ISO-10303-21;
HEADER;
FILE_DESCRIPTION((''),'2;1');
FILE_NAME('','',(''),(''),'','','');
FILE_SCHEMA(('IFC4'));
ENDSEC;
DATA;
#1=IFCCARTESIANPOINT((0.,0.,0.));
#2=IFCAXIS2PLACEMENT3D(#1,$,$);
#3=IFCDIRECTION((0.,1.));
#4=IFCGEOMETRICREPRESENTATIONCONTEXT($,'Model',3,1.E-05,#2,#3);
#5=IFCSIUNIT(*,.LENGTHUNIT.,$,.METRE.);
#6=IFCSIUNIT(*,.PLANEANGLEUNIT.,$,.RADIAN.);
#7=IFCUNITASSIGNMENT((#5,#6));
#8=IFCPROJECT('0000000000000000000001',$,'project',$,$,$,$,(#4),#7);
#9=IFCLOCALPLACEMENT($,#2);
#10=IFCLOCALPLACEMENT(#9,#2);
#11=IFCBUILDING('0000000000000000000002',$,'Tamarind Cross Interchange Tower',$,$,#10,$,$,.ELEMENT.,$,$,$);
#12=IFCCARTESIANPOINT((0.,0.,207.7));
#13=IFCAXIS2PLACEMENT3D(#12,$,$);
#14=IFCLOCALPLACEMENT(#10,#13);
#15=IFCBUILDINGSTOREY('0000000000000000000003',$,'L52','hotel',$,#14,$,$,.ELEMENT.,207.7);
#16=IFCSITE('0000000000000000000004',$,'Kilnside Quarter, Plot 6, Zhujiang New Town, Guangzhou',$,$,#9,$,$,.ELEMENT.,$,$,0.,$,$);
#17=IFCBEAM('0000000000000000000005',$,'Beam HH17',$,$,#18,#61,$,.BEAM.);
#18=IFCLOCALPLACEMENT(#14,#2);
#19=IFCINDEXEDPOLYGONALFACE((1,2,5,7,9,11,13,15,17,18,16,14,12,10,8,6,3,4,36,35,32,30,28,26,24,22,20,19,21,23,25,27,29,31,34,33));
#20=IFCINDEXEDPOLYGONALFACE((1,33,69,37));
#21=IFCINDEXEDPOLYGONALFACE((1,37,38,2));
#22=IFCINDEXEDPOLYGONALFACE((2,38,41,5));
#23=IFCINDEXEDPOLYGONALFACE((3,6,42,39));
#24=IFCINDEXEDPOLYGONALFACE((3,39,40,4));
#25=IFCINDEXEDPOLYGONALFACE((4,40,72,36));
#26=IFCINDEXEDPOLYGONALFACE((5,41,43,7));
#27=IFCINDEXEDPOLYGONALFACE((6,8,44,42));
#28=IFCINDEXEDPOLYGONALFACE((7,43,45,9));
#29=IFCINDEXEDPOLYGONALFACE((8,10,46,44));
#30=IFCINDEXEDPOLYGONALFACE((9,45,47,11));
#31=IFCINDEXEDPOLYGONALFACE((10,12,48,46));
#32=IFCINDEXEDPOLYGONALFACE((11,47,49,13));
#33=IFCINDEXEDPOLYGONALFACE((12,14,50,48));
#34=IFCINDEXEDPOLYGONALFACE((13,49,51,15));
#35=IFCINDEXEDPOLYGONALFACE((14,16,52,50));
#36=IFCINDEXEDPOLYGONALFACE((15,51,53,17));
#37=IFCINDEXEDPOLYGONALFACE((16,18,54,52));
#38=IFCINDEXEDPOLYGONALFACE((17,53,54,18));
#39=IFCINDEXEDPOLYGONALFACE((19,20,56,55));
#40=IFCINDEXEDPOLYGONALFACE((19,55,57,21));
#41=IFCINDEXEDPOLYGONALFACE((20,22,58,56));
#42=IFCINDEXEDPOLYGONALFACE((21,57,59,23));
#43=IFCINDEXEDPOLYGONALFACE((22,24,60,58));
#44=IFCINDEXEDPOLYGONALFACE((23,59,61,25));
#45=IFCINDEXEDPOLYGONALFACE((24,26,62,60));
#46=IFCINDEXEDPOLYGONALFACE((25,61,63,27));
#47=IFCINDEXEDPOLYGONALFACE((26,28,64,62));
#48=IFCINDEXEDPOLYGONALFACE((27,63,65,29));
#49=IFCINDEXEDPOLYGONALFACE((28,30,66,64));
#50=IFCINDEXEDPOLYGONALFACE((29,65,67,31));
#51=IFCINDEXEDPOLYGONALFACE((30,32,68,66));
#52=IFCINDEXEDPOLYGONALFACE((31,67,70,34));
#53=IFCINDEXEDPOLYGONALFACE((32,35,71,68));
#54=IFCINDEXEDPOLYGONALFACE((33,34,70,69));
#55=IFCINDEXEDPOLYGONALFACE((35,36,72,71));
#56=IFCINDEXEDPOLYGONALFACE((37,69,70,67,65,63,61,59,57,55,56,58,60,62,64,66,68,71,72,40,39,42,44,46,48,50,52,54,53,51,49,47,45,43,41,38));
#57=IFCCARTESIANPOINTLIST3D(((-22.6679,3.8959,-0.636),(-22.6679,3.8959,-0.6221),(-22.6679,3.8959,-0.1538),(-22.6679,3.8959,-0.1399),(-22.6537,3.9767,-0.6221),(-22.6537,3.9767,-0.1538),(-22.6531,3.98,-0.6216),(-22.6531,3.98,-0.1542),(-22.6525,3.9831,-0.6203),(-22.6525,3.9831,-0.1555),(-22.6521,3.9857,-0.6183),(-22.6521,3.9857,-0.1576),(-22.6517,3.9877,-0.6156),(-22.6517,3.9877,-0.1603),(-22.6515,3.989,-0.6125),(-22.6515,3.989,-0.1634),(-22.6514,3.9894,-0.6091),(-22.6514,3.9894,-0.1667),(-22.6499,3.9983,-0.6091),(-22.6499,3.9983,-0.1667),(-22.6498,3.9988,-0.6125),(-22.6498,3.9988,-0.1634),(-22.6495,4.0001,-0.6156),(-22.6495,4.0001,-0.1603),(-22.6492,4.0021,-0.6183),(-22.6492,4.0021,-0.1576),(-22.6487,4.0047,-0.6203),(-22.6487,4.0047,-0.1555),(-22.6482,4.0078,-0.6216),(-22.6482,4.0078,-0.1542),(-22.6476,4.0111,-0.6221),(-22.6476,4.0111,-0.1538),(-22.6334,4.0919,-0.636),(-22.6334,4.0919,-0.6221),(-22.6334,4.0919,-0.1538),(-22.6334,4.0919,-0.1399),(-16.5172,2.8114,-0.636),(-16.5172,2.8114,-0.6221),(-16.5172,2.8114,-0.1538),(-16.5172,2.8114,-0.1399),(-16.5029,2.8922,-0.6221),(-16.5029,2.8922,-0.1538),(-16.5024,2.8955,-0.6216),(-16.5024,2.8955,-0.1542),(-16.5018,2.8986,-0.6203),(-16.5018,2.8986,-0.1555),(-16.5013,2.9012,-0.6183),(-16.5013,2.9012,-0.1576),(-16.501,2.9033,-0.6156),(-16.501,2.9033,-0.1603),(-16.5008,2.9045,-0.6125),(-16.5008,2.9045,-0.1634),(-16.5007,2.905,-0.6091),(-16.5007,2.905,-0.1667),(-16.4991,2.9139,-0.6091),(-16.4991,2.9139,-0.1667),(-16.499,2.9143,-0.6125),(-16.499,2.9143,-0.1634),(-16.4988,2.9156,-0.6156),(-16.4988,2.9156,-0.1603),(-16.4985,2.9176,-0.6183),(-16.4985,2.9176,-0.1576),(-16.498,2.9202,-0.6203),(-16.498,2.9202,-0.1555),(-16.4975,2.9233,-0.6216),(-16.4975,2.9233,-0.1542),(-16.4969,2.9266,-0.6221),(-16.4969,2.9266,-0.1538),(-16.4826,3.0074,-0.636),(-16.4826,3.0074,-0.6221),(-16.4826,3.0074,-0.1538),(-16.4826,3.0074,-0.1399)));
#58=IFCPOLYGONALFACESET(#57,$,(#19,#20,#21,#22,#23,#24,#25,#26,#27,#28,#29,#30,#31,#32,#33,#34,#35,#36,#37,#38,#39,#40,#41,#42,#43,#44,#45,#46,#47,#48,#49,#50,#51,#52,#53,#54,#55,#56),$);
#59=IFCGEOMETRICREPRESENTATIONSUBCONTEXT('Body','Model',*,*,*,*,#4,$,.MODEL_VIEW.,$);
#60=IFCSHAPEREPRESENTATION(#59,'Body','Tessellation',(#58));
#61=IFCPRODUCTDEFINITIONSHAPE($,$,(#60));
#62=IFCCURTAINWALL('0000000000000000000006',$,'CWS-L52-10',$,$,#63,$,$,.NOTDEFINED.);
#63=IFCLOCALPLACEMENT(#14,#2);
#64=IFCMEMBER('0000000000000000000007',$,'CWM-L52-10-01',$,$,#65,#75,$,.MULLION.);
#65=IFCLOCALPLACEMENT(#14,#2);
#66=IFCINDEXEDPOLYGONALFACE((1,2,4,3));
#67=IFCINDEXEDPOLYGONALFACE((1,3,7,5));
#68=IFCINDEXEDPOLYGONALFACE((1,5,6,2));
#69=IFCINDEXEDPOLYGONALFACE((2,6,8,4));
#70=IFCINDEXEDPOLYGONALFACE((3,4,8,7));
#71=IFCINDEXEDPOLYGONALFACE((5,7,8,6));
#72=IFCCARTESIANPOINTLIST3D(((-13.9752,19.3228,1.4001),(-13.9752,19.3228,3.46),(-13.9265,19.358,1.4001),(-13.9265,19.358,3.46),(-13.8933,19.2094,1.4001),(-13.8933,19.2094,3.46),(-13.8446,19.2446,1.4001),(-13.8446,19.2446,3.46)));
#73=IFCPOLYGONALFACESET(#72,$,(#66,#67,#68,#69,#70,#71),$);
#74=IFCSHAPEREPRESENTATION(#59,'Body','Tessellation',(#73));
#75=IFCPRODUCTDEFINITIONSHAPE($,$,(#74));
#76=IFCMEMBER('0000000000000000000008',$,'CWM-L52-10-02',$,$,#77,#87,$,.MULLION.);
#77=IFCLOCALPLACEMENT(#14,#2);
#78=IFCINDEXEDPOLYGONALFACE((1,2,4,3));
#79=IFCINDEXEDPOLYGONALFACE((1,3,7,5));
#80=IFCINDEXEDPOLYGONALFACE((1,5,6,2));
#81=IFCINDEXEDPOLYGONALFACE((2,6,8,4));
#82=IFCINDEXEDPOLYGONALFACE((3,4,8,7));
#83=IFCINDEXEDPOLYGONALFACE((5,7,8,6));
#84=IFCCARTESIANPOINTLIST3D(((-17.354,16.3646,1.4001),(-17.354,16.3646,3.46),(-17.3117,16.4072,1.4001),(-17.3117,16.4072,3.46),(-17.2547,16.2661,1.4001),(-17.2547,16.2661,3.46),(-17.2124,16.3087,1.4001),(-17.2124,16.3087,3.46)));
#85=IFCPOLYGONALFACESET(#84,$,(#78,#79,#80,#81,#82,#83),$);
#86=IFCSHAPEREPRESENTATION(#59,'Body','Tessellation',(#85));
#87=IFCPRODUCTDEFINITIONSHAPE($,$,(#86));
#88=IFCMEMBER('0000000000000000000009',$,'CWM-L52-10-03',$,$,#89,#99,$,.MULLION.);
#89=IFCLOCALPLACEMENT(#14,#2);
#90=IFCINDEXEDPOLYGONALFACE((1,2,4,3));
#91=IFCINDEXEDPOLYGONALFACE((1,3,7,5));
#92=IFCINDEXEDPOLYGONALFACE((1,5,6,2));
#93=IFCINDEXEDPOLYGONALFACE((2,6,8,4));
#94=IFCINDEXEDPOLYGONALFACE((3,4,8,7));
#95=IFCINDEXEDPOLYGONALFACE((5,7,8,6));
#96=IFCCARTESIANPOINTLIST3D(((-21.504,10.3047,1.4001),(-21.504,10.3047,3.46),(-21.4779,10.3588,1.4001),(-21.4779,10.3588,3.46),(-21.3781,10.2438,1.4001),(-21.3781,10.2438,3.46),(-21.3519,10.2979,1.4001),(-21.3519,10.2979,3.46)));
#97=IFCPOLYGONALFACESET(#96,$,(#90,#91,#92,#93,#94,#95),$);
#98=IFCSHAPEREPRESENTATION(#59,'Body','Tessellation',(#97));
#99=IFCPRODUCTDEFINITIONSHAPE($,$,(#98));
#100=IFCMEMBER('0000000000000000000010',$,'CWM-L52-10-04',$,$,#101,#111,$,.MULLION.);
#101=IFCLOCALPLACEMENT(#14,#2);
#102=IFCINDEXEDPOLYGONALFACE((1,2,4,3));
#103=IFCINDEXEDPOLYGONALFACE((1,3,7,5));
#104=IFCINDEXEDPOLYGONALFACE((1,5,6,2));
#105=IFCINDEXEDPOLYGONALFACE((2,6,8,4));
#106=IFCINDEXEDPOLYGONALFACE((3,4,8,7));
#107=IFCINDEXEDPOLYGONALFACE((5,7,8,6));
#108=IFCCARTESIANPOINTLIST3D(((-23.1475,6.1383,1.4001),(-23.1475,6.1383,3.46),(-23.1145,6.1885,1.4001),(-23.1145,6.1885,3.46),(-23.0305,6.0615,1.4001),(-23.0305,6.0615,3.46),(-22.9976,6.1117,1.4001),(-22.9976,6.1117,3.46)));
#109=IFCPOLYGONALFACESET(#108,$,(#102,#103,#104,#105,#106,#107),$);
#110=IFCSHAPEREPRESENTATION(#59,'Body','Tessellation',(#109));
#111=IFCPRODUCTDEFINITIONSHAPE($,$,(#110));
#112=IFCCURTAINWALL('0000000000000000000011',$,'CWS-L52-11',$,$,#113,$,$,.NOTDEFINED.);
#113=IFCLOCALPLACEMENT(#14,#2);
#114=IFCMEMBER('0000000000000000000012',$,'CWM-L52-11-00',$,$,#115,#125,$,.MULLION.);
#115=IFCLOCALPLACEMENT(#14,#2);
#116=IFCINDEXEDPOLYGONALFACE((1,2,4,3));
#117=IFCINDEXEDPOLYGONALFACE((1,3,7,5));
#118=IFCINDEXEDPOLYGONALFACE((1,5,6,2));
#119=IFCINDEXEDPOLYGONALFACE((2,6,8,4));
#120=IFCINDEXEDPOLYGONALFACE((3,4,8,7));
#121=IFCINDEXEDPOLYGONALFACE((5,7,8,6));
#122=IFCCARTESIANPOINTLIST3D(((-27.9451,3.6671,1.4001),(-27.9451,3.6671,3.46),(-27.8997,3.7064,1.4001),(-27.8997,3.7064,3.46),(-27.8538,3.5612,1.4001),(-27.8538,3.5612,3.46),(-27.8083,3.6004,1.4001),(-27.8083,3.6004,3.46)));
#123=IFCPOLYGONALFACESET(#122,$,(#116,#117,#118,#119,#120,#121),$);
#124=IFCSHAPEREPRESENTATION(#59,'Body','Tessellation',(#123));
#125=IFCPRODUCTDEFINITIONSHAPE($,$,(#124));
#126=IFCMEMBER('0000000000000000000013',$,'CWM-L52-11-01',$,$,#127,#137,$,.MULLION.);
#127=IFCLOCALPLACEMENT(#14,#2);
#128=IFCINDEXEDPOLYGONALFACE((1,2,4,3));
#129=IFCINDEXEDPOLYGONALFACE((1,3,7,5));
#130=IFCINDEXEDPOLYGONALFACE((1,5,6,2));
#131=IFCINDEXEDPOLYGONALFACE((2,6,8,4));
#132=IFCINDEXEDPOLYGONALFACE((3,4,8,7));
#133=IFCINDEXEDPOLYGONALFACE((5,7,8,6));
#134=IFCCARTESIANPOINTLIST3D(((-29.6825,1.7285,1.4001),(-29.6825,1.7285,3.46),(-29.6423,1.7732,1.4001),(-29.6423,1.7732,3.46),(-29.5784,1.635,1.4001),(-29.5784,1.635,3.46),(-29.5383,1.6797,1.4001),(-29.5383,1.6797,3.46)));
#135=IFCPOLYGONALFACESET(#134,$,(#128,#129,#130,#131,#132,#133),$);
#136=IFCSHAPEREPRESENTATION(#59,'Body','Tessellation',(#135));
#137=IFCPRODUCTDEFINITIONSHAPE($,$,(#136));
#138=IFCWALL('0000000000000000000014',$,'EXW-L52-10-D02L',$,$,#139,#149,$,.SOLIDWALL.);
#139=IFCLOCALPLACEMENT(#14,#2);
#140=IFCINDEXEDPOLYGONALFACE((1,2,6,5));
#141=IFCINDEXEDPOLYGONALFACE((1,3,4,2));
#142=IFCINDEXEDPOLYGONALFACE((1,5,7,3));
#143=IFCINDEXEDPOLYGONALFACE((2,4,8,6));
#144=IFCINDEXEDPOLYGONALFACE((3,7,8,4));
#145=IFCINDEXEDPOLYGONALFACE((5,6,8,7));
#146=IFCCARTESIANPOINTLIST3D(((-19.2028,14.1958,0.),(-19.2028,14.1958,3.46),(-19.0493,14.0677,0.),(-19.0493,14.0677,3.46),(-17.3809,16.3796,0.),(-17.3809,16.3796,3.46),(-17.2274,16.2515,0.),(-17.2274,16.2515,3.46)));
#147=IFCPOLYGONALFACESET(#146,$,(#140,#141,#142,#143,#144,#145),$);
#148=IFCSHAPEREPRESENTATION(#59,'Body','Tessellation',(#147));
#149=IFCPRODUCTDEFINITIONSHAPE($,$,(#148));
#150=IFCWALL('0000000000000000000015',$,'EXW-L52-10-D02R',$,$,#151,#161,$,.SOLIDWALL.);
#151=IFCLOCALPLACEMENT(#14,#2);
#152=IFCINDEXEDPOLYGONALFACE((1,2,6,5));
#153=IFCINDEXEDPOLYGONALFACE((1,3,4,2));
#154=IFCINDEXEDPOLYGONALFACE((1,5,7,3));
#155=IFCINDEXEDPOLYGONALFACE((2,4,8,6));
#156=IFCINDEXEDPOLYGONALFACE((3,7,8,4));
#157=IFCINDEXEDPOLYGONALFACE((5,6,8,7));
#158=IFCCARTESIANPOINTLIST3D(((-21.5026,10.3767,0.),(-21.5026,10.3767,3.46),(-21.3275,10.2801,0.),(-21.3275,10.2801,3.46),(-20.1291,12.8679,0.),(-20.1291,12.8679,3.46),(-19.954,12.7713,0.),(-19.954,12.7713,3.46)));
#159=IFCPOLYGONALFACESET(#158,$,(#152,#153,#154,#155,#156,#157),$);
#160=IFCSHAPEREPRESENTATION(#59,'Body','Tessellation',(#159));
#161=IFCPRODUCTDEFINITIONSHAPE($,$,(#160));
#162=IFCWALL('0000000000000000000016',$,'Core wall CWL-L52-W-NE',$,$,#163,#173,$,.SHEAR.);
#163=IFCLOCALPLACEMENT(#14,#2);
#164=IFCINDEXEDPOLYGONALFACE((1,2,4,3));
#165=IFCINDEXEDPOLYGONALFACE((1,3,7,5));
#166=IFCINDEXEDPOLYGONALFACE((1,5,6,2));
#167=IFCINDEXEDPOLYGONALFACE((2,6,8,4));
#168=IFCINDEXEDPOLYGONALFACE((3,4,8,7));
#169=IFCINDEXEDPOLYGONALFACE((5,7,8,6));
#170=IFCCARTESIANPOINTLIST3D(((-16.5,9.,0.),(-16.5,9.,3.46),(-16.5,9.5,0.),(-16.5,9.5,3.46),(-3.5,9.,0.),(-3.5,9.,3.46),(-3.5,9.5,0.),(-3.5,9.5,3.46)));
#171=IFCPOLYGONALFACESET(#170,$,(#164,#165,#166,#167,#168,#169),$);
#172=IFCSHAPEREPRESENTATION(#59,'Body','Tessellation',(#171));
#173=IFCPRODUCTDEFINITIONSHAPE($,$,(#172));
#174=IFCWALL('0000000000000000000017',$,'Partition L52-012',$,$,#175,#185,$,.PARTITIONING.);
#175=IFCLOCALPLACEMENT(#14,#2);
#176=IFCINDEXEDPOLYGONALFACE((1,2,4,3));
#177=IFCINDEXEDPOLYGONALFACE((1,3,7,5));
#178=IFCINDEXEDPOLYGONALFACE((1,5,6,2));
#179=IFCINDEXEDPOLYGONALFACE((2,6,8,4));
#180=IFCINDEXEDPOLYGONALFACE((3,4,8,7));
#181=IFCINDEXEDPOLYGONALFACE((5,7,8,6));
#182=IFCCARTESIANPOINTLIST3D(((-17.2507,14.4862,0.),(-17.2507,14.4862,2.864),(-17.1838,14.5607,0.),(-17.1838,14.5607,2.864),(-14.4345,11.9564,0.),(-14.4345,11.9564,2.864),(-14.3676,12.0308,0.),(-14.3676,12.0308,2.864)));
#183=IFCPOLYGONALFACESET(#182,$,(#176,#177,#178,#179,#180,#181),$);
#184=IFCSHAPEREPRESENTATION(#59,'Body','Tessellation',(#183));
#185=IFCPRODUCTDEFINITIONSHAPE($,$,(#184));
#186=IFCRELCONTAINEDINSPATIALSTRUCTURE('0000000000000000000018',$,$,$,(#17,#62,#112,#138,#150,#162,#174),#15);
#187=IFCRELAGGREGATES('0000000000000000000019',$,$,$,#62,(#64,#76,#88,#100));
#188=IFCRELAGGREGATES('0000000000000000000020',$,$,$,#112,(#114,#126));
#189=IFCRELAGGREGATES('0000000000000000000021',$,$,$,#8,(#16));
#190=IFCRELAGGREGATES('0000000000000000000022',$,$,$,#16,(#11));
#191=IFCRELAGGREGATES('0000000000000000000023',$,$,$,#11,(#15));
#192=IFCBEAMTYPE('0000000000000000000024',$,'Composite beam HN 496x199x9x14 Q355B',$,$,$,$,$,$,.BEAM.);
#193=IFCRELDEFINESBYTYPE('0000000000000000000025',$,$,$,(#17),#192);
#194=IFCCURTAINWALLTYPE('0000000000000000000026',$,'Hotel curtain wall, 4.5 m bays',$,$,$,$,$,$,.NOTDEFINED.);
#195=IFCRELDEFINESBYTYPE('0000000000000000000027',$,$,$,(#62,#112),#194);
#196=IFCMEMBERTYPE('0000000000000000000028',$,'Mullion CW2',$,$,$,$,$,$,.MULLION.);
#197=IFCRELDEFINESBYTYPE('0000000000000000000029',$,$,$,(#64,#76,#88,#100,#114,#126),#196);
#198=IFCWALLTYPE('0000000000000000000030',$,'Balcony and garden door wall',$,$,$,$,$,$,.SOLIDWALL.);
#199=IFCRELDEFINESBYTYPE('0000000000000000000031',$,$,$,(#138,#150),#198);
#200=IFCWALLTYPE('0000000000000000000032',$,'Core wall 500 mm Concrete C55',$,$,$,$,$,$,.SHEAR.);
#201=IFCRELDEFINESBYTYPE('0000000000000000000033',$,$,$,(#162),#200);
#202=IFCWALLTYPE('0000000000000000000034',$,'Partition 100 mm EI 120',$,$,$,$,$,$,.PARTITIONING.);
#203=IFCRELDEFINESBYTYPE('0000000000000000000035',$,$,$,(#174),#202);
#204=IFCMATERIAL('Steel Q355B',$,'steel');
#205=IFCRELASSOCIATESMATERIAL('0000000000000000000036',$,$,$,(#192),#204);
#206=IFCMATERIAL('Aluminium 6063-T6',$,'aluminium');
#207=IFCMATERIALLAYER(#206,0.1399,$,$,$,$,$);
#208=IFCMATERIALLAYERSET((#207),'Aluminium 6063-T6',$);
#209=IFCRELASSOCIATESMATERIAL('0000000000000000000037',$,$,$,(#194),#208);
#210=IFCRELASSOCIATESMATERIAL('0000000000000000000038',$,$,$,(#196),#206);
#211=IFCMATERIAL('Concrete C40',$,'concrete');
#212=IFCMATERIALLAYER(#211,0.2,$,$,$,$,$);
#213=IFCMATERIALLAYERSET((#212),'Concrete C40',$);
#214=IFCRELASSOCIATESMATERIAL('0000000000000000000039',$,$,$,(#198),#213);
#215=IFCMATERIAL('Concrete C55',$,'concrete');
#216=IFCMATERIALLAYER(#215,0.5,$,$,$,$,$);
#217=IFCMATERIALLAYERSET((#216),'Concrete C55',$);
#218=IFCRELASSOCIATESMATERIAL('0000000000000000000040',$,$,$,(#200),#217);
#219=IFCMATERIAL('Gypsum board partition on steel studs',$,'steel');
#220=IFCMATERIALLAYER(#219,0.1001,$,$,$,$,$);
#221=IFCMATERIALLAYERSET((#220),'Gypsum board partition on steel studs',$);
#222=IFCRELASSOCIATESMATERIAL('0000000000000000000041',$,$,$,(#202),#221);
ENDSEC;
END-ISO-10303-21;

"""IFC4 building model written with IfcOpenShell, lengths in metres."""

from ifc_helpers import new_model, si_unit, direction, frame, frame_2d, origin, origin_2d, place, context, subcontext, project, spatial, rectangle, i_section, extrude, material, layer, layer_set, material_profile, profile_set, type_object, element, aggregate, save


model = new_model("IFC4")

# Units and contexts
model_context = context("Model", 3, precision=1e-05, world=origin(), true_north=direction((0.0, 1.0)))
body_context = subcontext(model_context, "Body", "Model", "MODEL_VIEW")
ifc_project = project(units=[si_unit("LENGTHUNIT", "METRE"), si_unit("PLANEANGLEUNIT", "RADIAN")], contexts=[model_context])

# Site, building, storey
site_placement = place(None, origin())
site = spatial("IfcSite", under=ifc_project, at=site_placement, Name="Kilnside Quarter, Plot 6, Zhujiang New Town, Guangzhou", CompositionType="ELEMENT", RefElevation=0.0)
building_placement = place(site_placement, origin())
building = spatial("IfcBuilding", under=site, at=building_placement, Name="Tamarind Cross Interchange Tower", CompositionType="ELEMENT")
storey_placement = place(building_placement, frame((0.0, 0.0, 207.7)))
storey = spatial("IfcBuildingStorey", under=building, at=storey_placement, Name="L52", Description="hotel", CompositionType="ELEMENT", Elevation=207.7)

# Shared definitions
ifc_material_1 = material(Name="Concrete C55", Category="concrete")

# Beam
ifc_material_2 = material(Name="Steel Q355B", Category="steel")
ifc_material_profile_1 = material_profile(ifc_material_2, i_section(OverallWidth=0.199, OverallDepth=0.4961, WebThickness=0.009, FlangeThickness=0.0139, FilletRadius=0.0129, at=origin_2d()), Name="HN 496x199x9x14")
ifc_profile_set_1 = profile_set([ifc_material_profile_1], Name="Steel Q355B")
beam_type = type_object("IfcBeamType", Name="Composite beam HN 496x199x9x14 Q355B", PredefinedType="BEAM", material=ifc_profile_set_1)
beam_1_placement = place(storey_placement, frame((-22.6506, 3.9939, -0.3879), z_axis=(0.984809, -0.17364, 0.0), x_axis=(0.17364, 0.984809, 0.0)))
element("IfcBeam", 1, at=beam_1_placement, inside=storey, type_object=beam_type, Name="Beam HH17", PredefinedType="BEAM", context=body_context, shape_type="SweptSolid", body=[
    extrude(i_section(OverallWidth=0.199, OverallDepth=0.4961, WebThickness=0.009, FlangeThickness=0.0139, FilletRadius=0.0129, at=origin_2d()), origin(), (0.0, 0.0, 1.0), 6.2456),
])

# Curtain walls, members
ifc_material_3 = material(Name="Aluminium 6063-T6", Category="aluminium")
ifc_layer_1 = layer(ifc_material_3, 0.1399)
ifc_layer_set_1 = layer_set([ifc_layer_1], Name="Aluminium 6063-T6")
curtain_wall_type = type_object("IfcCurtainWallType", Name="Hotel curtain wall, 4.5 m bays", PredefinedType="NOTDEFINED", material=ifc_layer_set_1)
curtain_wall_1_placement = place(storey_placement, origin())
curtain_wall_1 = element("IfcCurtainWall", 2, at=curtain_wall_1_placement, inside=storey, type_object=curtain_wall_type, Name="CWS-L52-10", PredefinedType="NOTDEFINED")
ifc_material_profile_2 = material_profile(ifc_material_3, rectangle(XDim=0.0601, YDim=0.1399, at=origin_2d()), Name="Mullion CW2")
ifc_profile_set_2 = profile_set([ifc_material_profile_2], Name="Aluminium 6063-T6")
member_type = type_object("IfcMemberType", Name="Mullion CW2", PredefinedType="MULLION", material=ifc_profile_set_2)
member_1_placement = place(storey_placement, frame((-13.9099, 19.2837, 1.4001), z_axis=(0.0, 0.0, 1.0), x_axis=(-0.810455, -0.585801, 0.0)))
member_1 = element("IfcMember", 3, at=member_1_placement, type_object=member_type, Name="CWM-L52-10-01", PredefinedType="MULLION", context=body_context, shape_type="SweptSolid", body=[
    extrude(rectangle(XDim=0.0601, YDim=0.1399, at=origin_2d()), origin(), (0.0, 0.0, 1.0), 2.0598),
])
member_2_placement = place(storey_placement, frame((-17.2832, 16.3367, 1.4001), z_axis=(0.0, 0.0, 1.0), x_axis=(-0.704057, -0.710143, 0.0)))
member_2 = element("IfcMember", 4, at=member_2_placement, type_object=member_type, Name="CWM-L52-10-02", PredefinedType="MULLION", context=body_context, shape_type="SweptSolid", body=[
    extrude(rectangle(XDim=0.0601, YDim=0.1399, at=origin_2d()), origin(), (0.0, 0.0, 1.0), 2.0598),
])
member_3_placement = place(storey_placement, frame((-21.428, 10.3013, 1.4001), z_axis=(0.0, 0.0, 1.0), x_axis=(-0.435326, -0.900273, 0.0)))
member_3 = element("IfcMember", 5, at=member_3_placement, type_object=member_type, Name="CWM-L52-10-03", PredefinedType="MULLION", context=body_context, shape_type="SweptSolid", body=[
    extrude(rectangle(XDim=0.0601, YDim=0.1399, at=origin_2d()), origin(), (0.0, 0.0, 1.0), 2.0598),
])
member_4_placement = place(storey_placement, frame((-23.0725, 6.125, 1.4001), z_axis=(0.0, 0.0, 1.0), x_axis=(-0.549105, -0.835753, 0.0)))
member_4 = element("IfcMember", 6, at=member_4_placement, type_object=member_type, Name="CWM-L52-10-04", PredefinedType="MULLION", context=body_context, shape_type="SweptSolid", body=[
    extrude(rectangle(XDim=0.0601, YDim=0.1399, at=origin_2d()), origin(), (0.0, 0.0, 1.0), 2.0598),
])
aggregate(curtain_wall_1, [member_1, member_2, member_3, member_4])
curtain_wall_2_placement = place(storey_placement, origin())
curtain_wall_2 = element("IfcCurtainWall", 7, at=curtain_wall_2_placement, inside=storey, type_object=curtain_wall_type, Name="CWS-L52-11", PredefinedType="NOTDEFINED")
member_5_placement = place(storey_placement, frame((-27.8767, 3.6338, 1.4001), z_axis=(0.0, 0.0, 1.0), x_axis=(-0.757261, -0.653112, 0.0)))
member_5 = element("IfcMember", 8, at=member_5_placement, type_object=member_type, Name="CWM-L52-11-00", PredefinedType="MULLION", context=body_context, shape_type="SweptSolid", body=[
    extrude(rectangle(XDim=0.0601, YDim=0.1399, at=origin_2d()), origin(), (0.0, 0.0, 1.0), 2.0598),
])
member_6_placement = place(storey_placement, frame((-29.6104, 1.7041, 1.4001), z_axis=(0.0, 0.0, 1.0), x_axis=(-0.668342, -0.743854, 0.0)))
member_6 = element("IfcMember", 9, at=member_6_placement, type_object=member_type, Name="CWM-L52-11-01", PredefinedType="MULLION", context=body_context, shape_type="SweptSolid", body=[
    extrude(rectangle(XDim=0.0601, YDim=0.1399, at=origin_2d()), origin(), (0.0, 0.0, 1.0), 2.0598),
])
aggregate(curtain_wall_2, [member_5, member_6])

# Walls
ifc_material_4 = material(Name="Concrete C40", Category="concrete")
ifc_layer_2 = layer(ifc_material_4, 0.2)
ifc_layer_set_2 = layer_set([ifc_layer_2], Name="Concrete C40")
wall_type_1 = type_object("IfcWallType", Name="Balcony and garden door wall", PredefinedType="SOLIDWALL", material=ifc_layer_set_2)
wall_1_placement = place(storey_placement, frame((-17.3042, 16.3154, 0.0), z_axis=(0.0, 0.0, 1.0), x_axis=(-0.640632, -0.767848, 0.0)))
element("IfcWall", 10, at=wall_1_placement, inside=storey, type_object=wall_type_1, Name="EXW-L52-10-D02L", PredefinedType="SOLIDWALL", context=body_context, shape_type="SweptSolid", body=[
    extrude(rectangle(XDim=2.844, YDim=0.2, at=frame_2d((1.4219, 0.0))), origin(), (0.0, 0.0, 1.0), 3.46),
])
wall_2_placement = place(storey_placement, frame((-20.0415, 12.8196, 0.0), z_axis=(0.0, 0.0, 1.0), x_axis=(-0.482828, -0.875715, 0.0)))
element("IfcWall", 11, at=wall_2_placement, inside=storey, type_object=wall_type_1, Name="EXW-L52-10-D02R", PredefinedType="SOLIDWALL", context=body_context, shape_type="SweptSolid", body=[
    extrude(rectangle(XDim=2.8447, YDim=0.2, at=frame_2d((1.4224, 0.0))), origin(), (0.0, 0.0, 1.0), 3.46),
])

# Walls
ifc_layer_3 = layer(ifc_material_1, 0.5)
ifc_layer_set_3 = layer_set([ifc_layer_3], Name="Concrete C55")
wall_type_2 = type_object("IfcWallType", Name="Core wall 500 mm Concrete C55", PredefinedType="SHEAR", material=ifc_layer_set_3)
wall_3_placement = place(storey_placement, frame((-16.5, 9.25, 0.0), z_axis=(0.0, 0.0, 1.0), x_axis=(1.0, 0.0, 0.0)))
element("IfcWall", 12, at=wall_3_placement, inside=storey, type_object=wall_type_2, Name="Core wall CWL-L52-W-NE", PredefinedType="SHEAR", context=body_context, shape_type="SweptSolid", body=[
    extrude(rectangle(XDim=13.0, YDim=0.5, at=frame_2d((6.5, 0.0))), origin(), (0.0, 0.0, 1.0), 3.46),
])
ifc_material_5 = material(Name="Gypsum board partition on steel studs", Category="steel")
ifc_layer_4 = layer(ifc_material_5, 0.1001)
ifc_layer_set_4 = layer_set([ifc_layer_4], Name="Gypsum board partition on steel studs")
wall_type_3 = type_object("IfcWallType", Name="Partition 100 mm EI 120", PredefinedType="PARTITIONING", material=ifc_layer_set_4)
wall_4_placement = place(storey_placement, frame((-17.2173, 14.5234, 0.0), z_axis=(0.0, 0.0, 1.0), x_axis=(0.743919, -0.66827, 0.0)))
element("IfcWall", 13, at=wall_4_placement, inside=storey, type_object=wall_type_3, Name="Partition L52-012", PredefinedType="PARTITIONING", context=body_context, shape_type="SweptSolid", body=[
    extrude(rectangle(XDim=3.7856, YDim=0.1001, at=frame_2d((1.8928, 0.0))), origin(), (0.0, 0.0, 1.0), 2.864),
])

save(model, "model.ifc")
